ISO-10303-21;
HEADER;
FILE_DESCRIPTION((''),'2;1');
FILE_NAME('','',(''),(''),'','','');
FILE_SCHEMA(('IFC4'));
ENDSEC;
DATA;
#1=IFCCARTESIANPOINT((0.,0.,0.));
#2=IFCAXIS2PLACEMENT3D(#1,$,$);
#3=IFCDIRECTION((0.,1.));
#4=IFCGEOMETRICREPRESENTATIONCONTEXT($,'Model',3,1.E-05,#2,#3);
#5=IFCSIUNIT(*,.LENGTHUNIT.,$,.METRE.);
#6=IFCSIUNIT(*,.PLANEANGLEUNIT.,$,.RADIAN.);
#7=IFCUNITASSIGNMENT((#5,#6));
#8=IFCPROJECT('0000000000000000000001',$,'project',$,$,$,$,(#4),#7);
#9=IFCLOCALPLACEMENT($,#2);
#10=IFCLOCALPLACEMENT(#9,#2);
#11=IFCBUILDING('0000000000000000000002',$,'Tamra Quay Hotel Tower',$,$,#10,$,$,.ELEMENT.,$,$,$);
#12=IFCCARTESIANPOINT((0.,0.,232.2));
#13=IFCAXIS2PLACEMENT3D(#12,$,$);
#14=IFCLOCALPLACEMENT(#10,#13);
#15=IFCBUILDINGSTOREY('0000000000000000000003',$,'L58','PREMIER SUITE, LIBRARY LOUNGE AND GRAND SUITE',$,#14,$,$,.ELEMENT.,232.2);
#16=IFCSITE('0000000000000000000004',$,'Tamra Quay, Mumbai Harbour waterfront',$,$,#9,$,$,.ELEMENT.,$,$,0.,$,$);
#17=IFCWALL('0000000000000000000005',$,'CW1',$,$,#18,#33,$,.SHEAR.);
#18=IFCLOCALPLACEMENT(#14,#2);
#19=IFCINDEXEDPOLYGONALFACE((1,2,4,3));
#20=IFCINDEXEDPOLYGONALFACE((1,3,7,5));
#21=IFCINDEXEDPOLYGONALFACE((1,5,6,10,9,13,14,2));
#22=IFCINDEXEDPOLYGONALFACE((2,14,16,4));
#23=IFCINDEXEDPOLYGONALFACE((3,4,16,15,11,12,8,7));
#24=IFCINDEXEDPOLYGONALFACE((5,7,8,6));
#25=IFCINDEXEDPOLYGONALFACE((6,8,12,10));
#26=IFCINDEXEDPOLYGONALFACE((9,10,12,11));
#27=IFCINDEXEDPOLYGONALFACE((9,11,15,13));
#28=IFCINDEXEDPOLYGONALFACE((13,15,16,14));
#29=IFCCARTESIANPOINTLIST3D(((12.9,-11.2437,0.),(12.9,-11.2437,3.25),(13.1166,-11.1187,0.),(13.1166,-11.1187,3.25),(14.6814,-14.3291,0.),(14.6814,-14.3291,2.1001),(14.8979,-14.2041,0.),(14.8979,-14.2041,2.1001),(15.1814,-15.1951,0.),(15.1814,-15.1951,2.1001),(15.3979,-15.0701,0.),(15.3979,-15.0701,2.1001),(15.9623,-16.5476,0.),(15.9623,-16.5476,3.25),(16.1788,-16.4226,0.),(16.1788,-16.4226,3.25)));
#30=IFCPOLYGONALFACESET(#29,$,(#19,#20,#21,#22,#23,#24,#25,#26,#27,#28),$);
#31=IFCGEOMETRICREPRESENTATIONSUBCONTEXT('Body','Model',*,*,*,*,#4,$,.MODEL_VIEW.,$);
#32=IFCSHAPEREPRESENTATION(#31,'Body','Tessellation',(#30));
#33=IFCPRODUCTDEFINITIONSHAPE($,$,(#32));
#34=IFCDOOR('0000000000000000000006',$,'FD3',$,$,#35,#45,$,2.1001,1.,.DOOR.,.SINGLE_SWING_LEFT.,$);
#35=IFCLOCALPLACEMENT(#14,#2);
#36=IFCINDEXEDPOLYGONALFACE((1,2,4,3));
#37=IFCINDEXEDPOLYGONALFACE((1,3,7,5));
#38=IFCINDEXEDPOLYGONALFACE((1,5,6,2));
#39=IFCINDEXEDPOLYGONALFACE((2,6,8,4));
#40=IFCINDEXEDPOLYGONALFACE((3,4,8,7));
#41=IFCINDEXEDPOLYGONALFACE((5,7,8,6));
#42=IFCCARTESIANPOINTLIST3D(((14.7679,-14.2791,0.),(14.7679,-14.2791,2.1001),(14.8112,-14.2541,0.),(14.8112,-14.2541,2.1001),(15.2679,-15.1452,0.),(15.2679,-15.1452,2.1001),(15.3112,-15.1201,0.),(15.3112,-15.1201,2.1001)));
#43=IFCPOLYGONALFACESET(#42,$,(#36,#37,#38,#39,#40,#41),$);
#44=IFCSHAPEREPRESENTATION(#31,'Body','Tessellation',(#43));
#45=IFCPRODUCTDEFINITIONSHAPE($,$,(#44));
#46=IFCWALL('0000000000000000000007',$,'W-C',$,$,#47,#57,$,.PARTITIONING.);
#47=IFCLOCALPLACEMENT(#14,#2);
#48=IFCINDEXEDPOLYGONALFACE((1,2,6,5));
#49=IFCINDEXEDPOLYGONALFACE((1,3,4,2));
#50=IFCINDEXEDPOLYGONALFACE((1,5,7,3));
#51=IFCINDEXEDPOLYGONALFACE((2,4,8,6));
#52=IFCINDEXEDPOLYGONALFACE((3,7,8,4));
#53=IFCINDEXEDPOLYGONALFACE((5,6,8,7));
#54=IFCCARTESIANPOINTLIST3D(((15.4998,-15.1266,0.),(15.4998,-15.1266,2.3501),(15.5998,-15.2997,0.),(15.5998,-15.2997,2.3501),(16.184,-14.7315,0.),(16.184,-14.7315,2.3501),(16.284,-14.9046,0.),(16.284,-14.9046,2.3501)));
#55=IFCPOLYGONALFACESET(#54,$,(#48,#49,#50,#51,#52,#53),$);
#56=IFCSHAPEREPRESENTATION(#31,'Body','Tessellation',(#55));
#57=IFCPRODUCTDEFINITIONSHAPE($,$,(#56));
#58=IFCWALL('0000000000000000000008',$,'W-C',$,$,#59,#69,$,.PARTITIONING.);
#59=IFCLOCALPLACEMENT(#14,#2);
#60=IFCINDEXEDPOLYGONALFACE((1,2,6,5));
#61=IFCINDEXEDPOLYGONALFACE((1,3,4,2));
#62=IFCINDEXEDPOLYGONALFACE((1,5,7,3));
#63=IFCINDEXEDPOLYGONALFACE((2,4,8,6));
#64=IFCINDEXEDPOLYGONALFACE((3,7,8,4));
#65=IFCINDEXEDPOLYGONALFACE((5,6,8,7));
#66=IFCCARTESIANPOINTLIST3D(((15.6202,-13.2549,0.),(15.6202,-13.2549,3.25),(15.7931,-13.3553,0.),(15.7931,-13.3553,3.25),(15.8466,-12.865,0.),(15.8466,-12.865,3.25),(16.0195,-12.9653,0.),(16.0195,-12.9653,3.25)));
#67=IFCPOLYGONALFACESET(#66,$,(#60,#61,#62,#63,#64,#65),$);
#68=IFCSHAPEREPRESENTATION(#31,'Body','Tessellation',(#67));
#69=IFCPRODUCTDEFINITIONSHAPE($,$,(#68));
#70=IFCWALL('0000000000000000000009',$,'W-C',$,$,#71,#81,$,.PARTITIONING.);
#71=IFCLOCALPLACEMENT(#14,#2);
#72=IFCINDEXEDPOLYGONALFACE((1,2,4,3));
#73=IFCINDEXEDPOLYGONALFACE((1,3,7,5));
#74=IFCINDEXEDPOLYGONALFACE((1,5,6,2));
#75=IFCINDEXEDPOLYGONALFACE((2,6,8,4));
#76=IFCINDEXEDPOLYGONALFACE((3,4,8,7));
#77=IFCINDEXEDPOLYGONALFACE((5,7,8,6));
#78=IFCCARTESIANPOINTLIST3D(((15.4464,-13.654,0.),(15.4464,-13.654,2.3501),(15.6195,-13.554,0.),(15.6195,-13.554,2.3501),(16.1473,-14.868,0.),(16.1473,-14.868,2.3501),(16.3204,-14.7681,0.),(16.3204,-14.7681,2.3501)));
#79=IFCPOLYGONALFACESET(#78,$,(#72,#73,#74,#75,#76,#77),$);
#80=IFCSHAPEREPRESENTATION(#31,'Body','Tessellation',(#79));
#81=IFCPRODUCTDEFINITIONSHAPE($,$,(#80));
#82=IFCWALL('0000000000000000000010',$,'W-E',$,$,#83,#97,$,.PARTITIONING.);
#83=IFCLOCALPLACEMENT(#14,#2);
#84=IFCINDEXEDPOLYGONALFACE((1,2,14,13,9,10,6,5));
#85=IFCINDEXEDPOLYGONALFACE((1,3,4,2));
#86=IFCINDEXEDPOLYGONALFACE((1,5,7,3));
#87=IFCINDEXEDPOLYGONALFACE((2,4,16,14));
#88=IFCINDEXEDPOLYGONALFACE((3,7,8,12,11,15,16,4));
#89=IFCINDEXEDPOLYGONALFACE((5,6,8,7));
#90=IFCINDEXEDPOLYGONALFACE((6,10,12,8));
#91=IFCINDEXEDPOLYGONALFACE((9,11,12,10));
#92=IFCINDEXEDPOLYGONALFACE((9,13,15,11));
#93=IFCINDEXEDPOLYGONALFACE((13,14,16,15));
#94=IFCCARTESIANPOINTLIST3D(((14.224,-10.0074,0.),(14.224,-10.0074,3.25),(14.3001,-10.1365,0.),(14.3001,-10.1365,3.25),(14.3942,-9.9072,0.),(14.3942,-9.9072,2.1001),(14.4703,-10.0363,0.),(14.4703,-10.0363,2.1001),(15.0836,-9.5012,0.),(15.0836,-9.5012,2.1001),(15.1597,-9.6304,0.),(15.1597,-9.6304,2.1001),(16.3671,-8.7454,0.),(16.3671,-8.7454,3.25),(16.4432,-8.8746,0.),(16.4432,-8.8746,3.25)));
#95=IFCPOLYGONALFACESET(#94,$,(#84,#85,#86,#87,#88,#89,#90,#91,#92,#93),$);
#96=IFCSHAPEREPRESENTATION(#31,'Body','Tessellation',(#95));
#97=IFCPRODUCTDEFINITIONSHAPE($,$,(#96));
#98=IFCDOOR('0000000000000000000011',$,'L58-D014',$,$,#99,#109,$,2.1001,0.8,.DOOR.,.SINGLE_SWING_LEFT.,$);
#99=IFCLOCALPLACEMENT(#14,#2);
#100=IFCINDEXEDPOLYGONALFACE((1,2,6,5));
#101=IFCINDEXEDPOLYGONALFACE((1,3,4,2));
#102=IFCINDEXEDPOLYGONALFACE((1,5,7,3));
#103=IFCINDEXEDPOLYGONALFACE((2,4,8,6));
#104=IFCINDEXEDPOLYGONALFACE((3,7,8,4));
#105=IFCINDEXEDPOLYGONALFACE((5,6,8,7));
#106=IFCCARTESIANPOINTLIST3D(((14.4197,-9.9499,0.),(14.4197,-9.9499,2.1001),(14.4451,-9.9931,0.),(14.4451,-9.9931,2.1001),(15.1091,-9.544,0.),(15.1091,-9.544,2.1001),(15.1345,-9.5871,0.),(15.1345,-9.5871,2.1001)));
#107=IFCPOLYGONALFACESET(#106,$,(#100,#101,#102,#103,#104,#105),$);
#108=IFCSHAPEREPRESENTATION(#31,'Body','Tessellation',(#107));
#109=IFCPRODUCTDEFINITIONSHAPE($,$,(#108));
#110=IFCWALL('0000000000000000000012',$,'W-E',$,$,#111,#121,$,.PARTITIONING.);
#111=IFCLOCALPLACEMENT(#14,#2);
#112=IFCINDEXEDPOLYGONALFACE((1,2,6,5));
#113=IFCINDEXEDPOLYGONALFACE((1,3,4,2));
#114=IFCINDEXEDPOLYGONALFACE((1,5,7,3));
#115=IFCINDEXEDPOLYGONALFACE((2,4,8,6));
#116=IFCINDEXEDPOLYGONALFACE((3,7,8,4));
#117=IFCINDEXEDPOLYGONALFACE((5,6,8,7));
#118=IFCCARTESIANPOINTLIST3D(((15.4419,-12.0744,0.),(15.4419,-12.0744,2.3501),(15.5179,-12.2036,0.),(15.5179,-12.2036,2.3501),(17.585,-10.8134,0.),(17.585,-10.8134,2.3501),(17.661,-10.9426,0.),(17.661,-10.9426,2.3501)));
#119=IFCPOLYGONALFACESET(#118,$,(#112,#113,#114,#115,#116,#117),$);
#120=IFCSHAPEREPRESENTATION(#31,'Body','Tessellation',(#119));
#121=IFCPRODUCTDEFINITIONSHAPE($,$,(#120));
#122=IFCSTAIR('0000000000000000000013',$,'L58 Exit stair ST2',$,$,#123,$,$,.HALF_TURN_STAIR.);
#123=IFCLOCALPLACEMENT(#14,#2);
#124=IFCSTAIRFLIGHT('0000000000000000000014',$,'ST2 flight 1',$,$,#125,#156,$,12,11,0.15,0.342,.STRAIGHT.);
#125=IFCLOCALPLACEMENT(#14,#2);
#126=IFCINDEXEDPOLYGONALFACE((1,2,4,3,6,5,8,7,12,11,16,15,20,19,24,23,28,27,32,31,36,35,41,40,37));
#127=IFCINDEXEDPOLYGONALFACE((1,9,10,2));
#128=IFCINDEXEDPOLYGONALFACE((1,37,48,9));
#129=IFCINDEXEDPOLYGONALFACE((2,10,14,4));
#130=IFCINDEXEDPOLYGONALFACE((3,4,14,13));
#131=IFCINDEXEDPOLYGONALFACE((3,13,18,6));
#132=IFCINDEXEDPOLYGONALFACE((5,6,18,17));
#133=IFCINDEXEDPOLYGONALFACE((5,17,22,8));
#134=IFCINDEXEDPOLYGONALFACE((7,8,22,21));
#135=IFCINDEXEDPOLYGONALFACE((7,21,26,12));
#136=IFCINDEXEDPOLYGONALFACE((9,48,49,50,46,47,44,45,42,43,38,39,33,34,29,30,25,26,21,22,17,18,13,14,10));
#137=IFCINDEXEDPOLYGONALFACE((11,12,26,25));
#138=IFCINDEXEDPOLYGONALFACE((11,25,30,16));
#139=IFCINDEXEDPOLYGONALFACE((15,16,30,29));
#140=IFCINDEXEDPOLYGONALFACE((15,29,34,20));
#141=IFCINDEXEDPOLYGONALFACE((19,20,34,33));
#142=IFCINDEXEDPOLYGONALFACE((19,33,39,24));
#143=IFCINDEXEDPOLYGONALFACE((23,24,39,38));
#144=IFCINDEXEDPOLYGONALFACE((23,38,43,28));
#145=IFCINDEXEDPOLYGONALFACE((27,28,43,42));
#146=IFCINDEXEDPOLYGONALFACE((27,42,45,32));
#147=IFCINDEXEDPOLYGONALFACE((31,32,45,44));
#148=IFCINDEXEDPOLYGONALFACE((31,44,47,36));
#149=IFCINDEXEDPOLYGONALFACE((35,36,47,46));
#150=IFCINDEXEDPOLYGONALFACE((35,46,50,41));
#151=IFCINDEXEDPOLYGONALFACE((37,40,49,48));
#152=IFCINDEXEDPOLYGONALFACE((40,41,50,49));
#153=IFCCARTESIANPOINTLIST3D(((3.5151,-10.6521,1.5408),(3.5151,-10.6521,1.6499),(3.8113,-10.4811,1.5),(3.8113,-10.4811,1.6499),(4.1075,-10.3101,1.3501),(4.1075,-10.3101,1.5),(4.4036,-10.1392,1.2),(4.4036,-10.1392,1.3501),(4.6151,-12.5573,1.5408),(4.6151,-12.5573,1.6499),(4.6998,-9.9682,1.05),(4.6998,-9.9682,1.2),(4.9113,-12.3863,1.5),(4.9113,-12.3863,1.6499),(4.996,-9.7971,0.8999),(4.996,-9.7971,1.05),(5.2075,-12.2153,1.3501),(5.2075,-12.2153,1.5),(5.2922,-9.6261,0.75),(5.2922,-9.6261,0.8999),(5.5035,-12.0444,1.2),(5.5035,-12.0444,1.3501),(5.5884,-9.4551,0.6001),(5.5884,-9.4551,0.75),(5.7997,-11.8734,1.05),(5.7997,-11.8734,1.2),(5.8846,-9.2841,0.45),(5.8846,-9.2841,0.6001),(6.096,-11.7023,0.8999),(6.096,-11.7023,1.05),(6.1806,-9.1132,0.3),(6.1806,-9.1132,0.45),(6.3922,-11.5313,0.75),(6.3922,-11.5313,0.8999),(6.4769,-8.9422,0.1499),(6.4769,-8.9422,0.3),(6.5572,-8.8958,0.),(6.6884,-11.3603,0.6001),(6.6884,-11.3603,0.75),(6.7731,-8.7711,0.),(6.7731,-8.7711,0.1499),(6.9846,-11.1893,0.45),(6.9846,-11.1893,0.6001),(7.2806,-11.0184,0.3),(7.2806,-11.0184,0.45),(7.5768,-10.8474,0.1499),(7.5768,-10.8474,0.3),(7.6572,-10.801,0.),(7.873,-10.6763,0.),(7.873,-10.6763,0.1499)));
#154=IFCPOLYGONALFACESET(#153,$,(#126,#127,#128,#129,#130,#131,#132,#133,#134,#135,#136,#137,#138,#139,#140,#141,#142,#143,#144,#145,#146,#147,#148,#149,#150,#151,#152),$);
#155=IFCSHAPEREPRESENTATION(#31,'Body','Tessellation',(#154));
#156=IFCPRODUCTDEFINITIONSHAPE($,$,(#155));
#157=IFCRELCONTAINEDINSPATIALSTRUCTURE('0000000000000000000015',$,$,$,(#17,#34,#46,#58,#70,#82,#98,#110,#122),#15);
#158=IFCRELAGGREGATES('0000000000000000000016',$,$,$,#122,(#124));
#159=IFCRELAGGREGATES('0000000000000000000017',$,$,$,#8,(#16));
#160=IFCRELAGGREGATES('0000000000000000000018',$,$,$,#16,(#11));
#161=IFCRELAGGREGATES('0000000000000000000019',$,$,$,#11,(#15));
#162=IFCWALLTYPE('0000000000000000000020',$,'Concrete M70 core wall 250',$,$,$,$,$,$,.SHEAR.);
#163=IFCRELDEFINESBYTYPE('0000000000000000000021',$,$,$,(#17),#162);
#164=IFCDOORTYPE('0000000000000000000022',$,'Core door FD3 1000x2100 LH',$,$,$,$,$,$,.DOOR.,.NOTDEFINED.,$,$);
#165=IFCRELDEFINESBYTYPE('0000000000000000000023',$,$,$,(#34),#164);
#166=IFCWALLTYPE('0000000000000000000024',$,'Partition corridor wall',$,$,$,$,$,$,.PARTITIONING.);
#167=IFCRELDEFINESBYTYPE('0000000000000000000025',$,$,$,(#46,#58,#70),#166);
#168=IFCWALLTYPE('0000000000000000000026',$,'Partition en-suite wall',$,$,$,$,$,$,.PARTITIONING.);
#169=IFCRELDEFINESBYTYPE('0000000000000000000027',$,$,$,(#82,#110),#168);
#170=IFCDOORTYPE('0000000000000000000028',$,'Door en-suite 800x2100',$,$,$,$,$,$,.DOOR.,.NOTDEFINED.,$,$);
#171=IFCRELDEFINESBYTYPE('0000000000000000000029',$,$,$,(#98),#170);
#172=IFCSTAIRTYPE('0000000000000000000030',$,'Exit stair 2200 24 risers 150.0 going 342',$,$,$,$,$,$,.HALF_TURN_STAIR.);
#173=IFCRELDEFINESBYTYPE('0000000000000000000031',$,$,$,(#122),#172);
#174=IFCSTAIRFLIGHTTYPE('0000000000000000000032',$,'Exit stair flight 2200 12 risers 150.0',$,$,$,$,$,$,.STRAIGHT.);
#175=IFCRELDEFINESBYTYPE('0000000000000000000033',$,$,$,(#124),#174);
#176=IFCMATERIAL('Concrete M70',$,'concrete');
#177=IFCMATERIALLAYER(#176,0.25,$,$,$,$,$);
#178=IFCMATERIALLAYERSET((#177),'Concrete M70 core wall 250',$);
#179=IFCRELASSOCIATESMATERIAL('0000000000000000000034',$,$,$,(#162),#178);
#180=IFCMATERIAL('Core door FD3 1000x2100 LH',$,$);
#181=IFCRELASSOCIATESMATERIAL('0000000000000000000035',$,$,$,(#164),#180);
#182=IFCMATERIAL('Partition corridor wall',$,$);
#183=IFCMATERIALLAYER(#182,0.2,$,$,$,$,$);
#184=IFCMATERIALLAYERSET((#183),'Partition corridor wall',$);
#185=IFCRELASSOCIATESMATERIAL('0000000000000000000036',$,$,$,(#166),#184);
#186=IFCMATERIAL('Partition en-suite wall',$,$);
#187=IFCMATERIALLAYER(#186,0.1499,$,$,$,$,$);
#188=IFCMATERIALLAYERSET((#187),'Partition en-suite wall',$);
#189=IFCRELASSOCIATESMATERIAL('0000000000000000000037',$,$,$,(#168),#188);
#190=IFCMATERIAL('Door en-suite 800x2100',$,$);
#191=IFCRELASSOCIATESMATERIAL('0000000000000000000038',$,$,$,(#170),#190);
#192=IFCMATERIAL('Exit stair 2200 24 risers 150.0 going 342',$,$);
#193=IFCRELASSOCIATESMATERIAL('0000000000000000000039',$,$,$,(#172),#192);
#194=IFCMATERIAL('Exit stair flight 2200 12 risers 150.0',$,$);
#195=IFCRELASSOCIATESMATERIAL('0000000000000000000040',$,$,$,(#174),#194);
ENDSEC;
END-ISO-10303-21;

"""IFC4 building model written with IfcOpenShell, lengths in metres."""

from ifc_helpers import new_model, si_unit, direction, frame, frame_2d, origin, place, context, subcontext, project, spatial, polyline, rectangle, outline, extrude, material, layer, layer_set, type_object, element, fill, aggregate, save


model = new_model("IFC4")

# Units and contexts
model_context = context("Model", 3, precision=1e-05, world=origin(), true_north=direction((0.0, 1.0)))
body_context = subcontext(model_context, "Body", "Model", "MODEL_VIEW")
ifc_project = project(units=[si_unit("LENGTHUNIT", "METRE"), si_unit("PLANEANGLEUNIT", "RADIAN")], contexts=[model_context])

# Site, building, storey
site_placement = place(None, origin())
site = spatial("IfcSite", under=ifc_project, at=site_placement, Name="Tamra Quay, Mumbai Harbour waterfront", CompositionType="ELEMENT", RefElevation=0.0)
building_placement = place(site_placement, origin())
building = spatial("IfcBuilding", under=site, at=building_placement, Name="Tamra Quay Hotel Tower", CompositionType="ELEMENT")
storey_placement = place(building_placement, frame((0.0, 0.0, 232.2)))
storey = spatial("IfcBuildingStorey", under=building, at=storey_placement, Name="L58", Description="PREMIER SUITE, LIBRARY LOUNGE AND GRAND SUITE", CompositionType="ELEMENT", Elevation=232.2)

# Shared definitions
ifc_material_1 = material(Name="Concrete M70", Category="concrete")

# Wall, opening, door
ifc_layer_1 = layer(ifc_material_1, 0.25)
ifc_layer_set_1 = layer_set([ifc_layer_1], Name="Concrete M70 core wall 250")
wall_type_1 = type_object("IfcWallType", Name="Concrete M70 core wall 250", PredefinedType="SHEAR", material=ifc_layer_set_1)
wall_1_placement = place(storey_placement, frame((13.0083, -11.1812, 0.0), z_axis=(0.0, 0.0, 1.0), x_axis=(0.500002, -0.866024, 0.0)))
wall_1 = element("IfcWall", 1, at=wall_1_placement, inside=storey, type_object=wall_type_1, Name="CW1", PredefinedType="SHEAR", context=body_context, shape_type="SweptSolid", body=[
    extrude(rectangle(XDim=6.1245, YDim=0.25, at=frame_2d((3.0623, 0.0))), origin(), (0.0, 0.0, 1.0), 3.25),
])
opening_1_placement = place(wall_1_placement, frame((3.5627, 0.0, 0.0)))
opening_1 = element("IfcOpeningElement", 2, at=opening_1_placement, cuts=wall_1, PredefinedType="OPENING", context=body_context, shape_type="SweptSolid", body=[
    extrude(rectangle(XDim=1.0, YDim=2.1001, at=frame_2d((0.5, 1.05))), frame((0.0, 0.135, 0.0), z_axis=(0.0, -1.0, 0.0), x_axis=(1.0, 0.0, 0.0)), (0.0, 0.0, 1.0), 0.27),
])
ifc_material_2 = material(Name="Core door FD3 1000x2100 LH")
door_type_1 = type_object("IfcDoorType", Name="Core door FD3 1000x2100 LH", OperationType="NOTDEFINED", PredefinedType="DOOR", material=ifc_material_2)
door_1_placement = place(opening_1_placement, origin())
door_1 = element("IfcDoor", 3, at=door_1_placement, inside=storey, type_object=door_type_1, Name="FD3", OperationType="SINGLE_SWING_LEFT", OverallHeight=2.1001, OverallWidth=1.0, PredefinedType="DOOR", context=body_context, shape_type="SweptSolid", body=[
    extrude(rectangle(XDim=1.0, YDim=2.1001, at=frame_2d((0.5, 1.05))), frame((0.0, 0.0249, 0.0), z_axis=(0.0, -1.0, 0.0), x_axis=(1.0, 0.0, 0.0)), (0.0, 0.0, 1.0), 0.05),
])
fill(opening_1, door_1)

# Walls
ifc_material_3 = material(Name="Partition corridor wall")
ifc_layer_2 = layer(ifc_material_3, 0.2)
ifc_layer_set_2 = layer_set([ifc_layer_2], Name="Partition corridor wall")
wall_type_2 = type_object("IfcWallType", Name="Partition corridor wall", PredefinedType="PARTITIONING", material=ifc_layer_set_2)
wall_2_placement = place(storey_placement, frame((15.5498, -15.2131, 0.0), z_axis=(0.0, 0.0, 1.0), x_axis=(0.86599, 0.500061, 0.0)))
element("IfcWall", 4, at=wall_2_placement, inside=storey, type_object=wall_type_2, Name="W-C", PredefinedType="PARTITIONING", context=body_context, shape_type="SweptSolid", body=[
    extrude(rectangle(XDim=0.79, YDim=0.2, at=frame_2d((0.395, 0.0))), origin(), (0.0, 0.0, 1.0), 2.3501),
])
wall_3_placement = place(storey_placement, frame((15.9331, -12.915, 0.0), z_axis=(0.0, 0.0, 1.0), x_axis=(-0.502018, -0.864857, 0.0)))
element("IfcWall", 5, at=wall_3_placement, inside=storey, type_object=wall_type_2, Name="W-C", PredefinedType="PARTITIONING", context=body_context, shape_type="SweptSolid", body=[
    extrude(rectangle(XDim=0.4509, YDim=0.2, at=frame_2d((0.2256, 0.0))), origin(), (0.0, 0.0, 1.0), 3.25),
])
wall_4_placement = place(storey_placement, frame((15.533, -13.604, 0.0), z_axis=(0.0, 0.0, 1.0), x_axis=(0.499979, -0.866038, 0.0)))
element("IfcWall", 6, at=wall_4_placement, inside=storey, type_object=wall_type_2, Name="W-C", PredefinedType="PARTITIONING", context=body_context, shape_type="SweptSolid", body=[
    extrude(rectangle(XDim=1.4019, YDim=0.2, at=frame_2d((0.7009, 0.0))), origin(), (0.0, 0.0, 1.0), 2.3501),
])

# Wall, opening, door
ifc_material_4 = material(Name="Partition en-suite wall")
ifc_layer_3 = layer(ifc_material_4, 0.1499)
ifc_layer_set_3 = layer_set([ifc_layer_3], Name="Partition en-suite wall")
wall_type_3 = type_object("IfcWallType", Name="Partition en-suite wall", PredefinedType="PARTITIONING", material=ifc_layer_set_3)
wall_5_placement = place(storey_placement, frame((14.262, -10.072, 0.0), z_axis=(0.0, 0.0, 1.0), x_axis=(0.861699, 0.507419, 0.0)))
wall_5 = element("IfcWall", 7, at=wall_5_placement, inside=storey, type_object=wall_type_3, Name="W-E", PredefinedType="PARTITIONING", context=body_context, shape_type="SweptSolid", body=[
    extrude(rectangle(XDim=2.4871, YDim=0.1499, at=frame_2d((1.2437, 0.0))), origin(), (0.0, 0.0, 1.0), 3.25),
])
opening_2_placement = place(wall_5_placement, frame((0.1978, 0.0, 0.0)))
opening_2 = element("IfcOpeningElement", 8, at=opening_2_placement, cuts=wall_5, PredefinedType="OPENING", context=body_context, shape_type="SweptSolid", body=[
    extrude(rectangle(XDim=0.8, YDim=2.1001, at=frame_2d((0.3999, 1.05))), frame((0.0, 0.085, 0.0), z_axis=(0.0, -1.0, 0.0), x_axis=(1.0, 0.0, 0.0)), (0.0, 0.0, 1.0), 0.1699),
])
ifc_material_5 = material(Name="Door en-suite 800x2100")
door_type_2 = type_object("IfcDoorType", Name="Door en-suite 800x2100", OperationType="NOTDEFINED", PredefinedType="DOOR", material=ifc_material_5)
door_2_placement = place(opening_2_placement, frame((0.8, 0.0, 0.0), z_axis=(0.0, 0.0, 1.0), x_axis=(-1.0, 0.0, 0.0)))
door_2 = element("IfcDoor", 9, at=door_2_placement, inside=storey, type_object=door_type_2, Name="L58-D014", OperationType="SINGLE_SWING_LEFT", OverallHeight=2.1001, OverallWidth=0.8, PredefinedType="DOOR", context=body_context, shape_type="SweptSolid", body=[
    extrude(rectangle(XDim=0.8, YDim=2.1001, at=frame_2d((0.3999, 1.05))), frame((0.0, 0.0249, 0.0), z_axis=(0.0, -1.0, 0.0), x_axis=(1.0, 0.0, 0.0)), (0.0, 0.0, 1.0), 0.05),
])
fill(opening_2, door_2)

# Wall
wall_6_placement = place(storey_placement, frame((15.48, -12.1389, 0.0), z_axis=(0.0, 0.0, 1.0), x_axis=(0.861871, 0.507127, 0.0)))
element("IfcWall", 10, at=wall_6_placement, inside=storey, type_object=wall_type_3, Name="W-E", PredefinedType="PARTITIONING", context=body_context, shape_type="SweptSolid", body=[
    extrude(rectangle(XDim=2.4866, YDim=0.1499, at=frame_2d((1.2432, 0.0))), origin(), (0.0, 0.0, 1.0), 2.3501),
])

# Stair, stair flight
ifc_material_6 = material(Name="Exit stair 2200 24 risers 150.0 going 342")
stair_type = type_object("IfcStairType", Name="Exit stair 2200 24 risers 150.0 going 342", PredefinedType="HALF_TURN_STAIR", material=ifc_material_6)
stair_placement = place(storey_placement, origin())
stair = element("IfcStair", 11, at=stair_placement, inside=storey, type_object=stair_type, Name="L58 Exit stair ST2", PredefinedType="HALF_TURN_STAIR")
ifc_material_7 = material(Name="Exit stair flight 2200 12 risers 150.0")
stair_flight_type = type_object("IfcStairFlightType", Name="Exit stair flight 2200 12 risers 150.0", PredefinedType="STRAIGHT", material=ifc_material_7)
stair_flight_1_placement = place(storey_placement, frame((7.323, -9.7236, 0.0), z_axis=(0.0, 0.0, 1.0), x_axis=(-0.866025, -0.5, 0.0)))
stair_flight_1 = element("IfcStairFlight", 12, at=stair_flight_1_placement, type_object=stair_flight_type, Name="ST2 flight 1", NumberOfRisers=12, NumberOfTreads=11, PredefinedType="STRAIGHT", RiserHeight=0.15, TreadLength=0.342, context=body_context, shape_type="SweptSolid", body=[
    extrude(outline(polyline([(0.0, 0.0), (0.0, 0.1499), (0.342, 0.1499), (0.342, 0.3), (0.6841, 0.3), (0.6841, 0.45), (1.0259, 0.45), (1.0259, 0.6001), (1.3679, 0.6001), (1.3679, 0.75), (1.71, 0.75), (1.71, 0.8999), (2.052, 0.8999), (2.052, 1.05), (2.394, 1.05), (2.394, 1.2), (2.7361, 1.2), (2.7361, 1.3501), (3.0779, 1.3501), (3.0779, 1.5), (3.4199, 1.5), (3.4199, 1.6499), (3.762, 1.6499), (3.762, 1.8), (3.762, 1.5408), (0.2493, 0.0), (0.0, 0.0)])), frame((0.0, 1.1001, 0.0), z_axis=(0.0, -1.0, 0.0), x_axis=(1.0, 0.0, 0.0)), (0.0, 0.0, 1.0), 2.2),
])
aggregate(stair, [stair_flight_1])

save(model, "model.ifc")
